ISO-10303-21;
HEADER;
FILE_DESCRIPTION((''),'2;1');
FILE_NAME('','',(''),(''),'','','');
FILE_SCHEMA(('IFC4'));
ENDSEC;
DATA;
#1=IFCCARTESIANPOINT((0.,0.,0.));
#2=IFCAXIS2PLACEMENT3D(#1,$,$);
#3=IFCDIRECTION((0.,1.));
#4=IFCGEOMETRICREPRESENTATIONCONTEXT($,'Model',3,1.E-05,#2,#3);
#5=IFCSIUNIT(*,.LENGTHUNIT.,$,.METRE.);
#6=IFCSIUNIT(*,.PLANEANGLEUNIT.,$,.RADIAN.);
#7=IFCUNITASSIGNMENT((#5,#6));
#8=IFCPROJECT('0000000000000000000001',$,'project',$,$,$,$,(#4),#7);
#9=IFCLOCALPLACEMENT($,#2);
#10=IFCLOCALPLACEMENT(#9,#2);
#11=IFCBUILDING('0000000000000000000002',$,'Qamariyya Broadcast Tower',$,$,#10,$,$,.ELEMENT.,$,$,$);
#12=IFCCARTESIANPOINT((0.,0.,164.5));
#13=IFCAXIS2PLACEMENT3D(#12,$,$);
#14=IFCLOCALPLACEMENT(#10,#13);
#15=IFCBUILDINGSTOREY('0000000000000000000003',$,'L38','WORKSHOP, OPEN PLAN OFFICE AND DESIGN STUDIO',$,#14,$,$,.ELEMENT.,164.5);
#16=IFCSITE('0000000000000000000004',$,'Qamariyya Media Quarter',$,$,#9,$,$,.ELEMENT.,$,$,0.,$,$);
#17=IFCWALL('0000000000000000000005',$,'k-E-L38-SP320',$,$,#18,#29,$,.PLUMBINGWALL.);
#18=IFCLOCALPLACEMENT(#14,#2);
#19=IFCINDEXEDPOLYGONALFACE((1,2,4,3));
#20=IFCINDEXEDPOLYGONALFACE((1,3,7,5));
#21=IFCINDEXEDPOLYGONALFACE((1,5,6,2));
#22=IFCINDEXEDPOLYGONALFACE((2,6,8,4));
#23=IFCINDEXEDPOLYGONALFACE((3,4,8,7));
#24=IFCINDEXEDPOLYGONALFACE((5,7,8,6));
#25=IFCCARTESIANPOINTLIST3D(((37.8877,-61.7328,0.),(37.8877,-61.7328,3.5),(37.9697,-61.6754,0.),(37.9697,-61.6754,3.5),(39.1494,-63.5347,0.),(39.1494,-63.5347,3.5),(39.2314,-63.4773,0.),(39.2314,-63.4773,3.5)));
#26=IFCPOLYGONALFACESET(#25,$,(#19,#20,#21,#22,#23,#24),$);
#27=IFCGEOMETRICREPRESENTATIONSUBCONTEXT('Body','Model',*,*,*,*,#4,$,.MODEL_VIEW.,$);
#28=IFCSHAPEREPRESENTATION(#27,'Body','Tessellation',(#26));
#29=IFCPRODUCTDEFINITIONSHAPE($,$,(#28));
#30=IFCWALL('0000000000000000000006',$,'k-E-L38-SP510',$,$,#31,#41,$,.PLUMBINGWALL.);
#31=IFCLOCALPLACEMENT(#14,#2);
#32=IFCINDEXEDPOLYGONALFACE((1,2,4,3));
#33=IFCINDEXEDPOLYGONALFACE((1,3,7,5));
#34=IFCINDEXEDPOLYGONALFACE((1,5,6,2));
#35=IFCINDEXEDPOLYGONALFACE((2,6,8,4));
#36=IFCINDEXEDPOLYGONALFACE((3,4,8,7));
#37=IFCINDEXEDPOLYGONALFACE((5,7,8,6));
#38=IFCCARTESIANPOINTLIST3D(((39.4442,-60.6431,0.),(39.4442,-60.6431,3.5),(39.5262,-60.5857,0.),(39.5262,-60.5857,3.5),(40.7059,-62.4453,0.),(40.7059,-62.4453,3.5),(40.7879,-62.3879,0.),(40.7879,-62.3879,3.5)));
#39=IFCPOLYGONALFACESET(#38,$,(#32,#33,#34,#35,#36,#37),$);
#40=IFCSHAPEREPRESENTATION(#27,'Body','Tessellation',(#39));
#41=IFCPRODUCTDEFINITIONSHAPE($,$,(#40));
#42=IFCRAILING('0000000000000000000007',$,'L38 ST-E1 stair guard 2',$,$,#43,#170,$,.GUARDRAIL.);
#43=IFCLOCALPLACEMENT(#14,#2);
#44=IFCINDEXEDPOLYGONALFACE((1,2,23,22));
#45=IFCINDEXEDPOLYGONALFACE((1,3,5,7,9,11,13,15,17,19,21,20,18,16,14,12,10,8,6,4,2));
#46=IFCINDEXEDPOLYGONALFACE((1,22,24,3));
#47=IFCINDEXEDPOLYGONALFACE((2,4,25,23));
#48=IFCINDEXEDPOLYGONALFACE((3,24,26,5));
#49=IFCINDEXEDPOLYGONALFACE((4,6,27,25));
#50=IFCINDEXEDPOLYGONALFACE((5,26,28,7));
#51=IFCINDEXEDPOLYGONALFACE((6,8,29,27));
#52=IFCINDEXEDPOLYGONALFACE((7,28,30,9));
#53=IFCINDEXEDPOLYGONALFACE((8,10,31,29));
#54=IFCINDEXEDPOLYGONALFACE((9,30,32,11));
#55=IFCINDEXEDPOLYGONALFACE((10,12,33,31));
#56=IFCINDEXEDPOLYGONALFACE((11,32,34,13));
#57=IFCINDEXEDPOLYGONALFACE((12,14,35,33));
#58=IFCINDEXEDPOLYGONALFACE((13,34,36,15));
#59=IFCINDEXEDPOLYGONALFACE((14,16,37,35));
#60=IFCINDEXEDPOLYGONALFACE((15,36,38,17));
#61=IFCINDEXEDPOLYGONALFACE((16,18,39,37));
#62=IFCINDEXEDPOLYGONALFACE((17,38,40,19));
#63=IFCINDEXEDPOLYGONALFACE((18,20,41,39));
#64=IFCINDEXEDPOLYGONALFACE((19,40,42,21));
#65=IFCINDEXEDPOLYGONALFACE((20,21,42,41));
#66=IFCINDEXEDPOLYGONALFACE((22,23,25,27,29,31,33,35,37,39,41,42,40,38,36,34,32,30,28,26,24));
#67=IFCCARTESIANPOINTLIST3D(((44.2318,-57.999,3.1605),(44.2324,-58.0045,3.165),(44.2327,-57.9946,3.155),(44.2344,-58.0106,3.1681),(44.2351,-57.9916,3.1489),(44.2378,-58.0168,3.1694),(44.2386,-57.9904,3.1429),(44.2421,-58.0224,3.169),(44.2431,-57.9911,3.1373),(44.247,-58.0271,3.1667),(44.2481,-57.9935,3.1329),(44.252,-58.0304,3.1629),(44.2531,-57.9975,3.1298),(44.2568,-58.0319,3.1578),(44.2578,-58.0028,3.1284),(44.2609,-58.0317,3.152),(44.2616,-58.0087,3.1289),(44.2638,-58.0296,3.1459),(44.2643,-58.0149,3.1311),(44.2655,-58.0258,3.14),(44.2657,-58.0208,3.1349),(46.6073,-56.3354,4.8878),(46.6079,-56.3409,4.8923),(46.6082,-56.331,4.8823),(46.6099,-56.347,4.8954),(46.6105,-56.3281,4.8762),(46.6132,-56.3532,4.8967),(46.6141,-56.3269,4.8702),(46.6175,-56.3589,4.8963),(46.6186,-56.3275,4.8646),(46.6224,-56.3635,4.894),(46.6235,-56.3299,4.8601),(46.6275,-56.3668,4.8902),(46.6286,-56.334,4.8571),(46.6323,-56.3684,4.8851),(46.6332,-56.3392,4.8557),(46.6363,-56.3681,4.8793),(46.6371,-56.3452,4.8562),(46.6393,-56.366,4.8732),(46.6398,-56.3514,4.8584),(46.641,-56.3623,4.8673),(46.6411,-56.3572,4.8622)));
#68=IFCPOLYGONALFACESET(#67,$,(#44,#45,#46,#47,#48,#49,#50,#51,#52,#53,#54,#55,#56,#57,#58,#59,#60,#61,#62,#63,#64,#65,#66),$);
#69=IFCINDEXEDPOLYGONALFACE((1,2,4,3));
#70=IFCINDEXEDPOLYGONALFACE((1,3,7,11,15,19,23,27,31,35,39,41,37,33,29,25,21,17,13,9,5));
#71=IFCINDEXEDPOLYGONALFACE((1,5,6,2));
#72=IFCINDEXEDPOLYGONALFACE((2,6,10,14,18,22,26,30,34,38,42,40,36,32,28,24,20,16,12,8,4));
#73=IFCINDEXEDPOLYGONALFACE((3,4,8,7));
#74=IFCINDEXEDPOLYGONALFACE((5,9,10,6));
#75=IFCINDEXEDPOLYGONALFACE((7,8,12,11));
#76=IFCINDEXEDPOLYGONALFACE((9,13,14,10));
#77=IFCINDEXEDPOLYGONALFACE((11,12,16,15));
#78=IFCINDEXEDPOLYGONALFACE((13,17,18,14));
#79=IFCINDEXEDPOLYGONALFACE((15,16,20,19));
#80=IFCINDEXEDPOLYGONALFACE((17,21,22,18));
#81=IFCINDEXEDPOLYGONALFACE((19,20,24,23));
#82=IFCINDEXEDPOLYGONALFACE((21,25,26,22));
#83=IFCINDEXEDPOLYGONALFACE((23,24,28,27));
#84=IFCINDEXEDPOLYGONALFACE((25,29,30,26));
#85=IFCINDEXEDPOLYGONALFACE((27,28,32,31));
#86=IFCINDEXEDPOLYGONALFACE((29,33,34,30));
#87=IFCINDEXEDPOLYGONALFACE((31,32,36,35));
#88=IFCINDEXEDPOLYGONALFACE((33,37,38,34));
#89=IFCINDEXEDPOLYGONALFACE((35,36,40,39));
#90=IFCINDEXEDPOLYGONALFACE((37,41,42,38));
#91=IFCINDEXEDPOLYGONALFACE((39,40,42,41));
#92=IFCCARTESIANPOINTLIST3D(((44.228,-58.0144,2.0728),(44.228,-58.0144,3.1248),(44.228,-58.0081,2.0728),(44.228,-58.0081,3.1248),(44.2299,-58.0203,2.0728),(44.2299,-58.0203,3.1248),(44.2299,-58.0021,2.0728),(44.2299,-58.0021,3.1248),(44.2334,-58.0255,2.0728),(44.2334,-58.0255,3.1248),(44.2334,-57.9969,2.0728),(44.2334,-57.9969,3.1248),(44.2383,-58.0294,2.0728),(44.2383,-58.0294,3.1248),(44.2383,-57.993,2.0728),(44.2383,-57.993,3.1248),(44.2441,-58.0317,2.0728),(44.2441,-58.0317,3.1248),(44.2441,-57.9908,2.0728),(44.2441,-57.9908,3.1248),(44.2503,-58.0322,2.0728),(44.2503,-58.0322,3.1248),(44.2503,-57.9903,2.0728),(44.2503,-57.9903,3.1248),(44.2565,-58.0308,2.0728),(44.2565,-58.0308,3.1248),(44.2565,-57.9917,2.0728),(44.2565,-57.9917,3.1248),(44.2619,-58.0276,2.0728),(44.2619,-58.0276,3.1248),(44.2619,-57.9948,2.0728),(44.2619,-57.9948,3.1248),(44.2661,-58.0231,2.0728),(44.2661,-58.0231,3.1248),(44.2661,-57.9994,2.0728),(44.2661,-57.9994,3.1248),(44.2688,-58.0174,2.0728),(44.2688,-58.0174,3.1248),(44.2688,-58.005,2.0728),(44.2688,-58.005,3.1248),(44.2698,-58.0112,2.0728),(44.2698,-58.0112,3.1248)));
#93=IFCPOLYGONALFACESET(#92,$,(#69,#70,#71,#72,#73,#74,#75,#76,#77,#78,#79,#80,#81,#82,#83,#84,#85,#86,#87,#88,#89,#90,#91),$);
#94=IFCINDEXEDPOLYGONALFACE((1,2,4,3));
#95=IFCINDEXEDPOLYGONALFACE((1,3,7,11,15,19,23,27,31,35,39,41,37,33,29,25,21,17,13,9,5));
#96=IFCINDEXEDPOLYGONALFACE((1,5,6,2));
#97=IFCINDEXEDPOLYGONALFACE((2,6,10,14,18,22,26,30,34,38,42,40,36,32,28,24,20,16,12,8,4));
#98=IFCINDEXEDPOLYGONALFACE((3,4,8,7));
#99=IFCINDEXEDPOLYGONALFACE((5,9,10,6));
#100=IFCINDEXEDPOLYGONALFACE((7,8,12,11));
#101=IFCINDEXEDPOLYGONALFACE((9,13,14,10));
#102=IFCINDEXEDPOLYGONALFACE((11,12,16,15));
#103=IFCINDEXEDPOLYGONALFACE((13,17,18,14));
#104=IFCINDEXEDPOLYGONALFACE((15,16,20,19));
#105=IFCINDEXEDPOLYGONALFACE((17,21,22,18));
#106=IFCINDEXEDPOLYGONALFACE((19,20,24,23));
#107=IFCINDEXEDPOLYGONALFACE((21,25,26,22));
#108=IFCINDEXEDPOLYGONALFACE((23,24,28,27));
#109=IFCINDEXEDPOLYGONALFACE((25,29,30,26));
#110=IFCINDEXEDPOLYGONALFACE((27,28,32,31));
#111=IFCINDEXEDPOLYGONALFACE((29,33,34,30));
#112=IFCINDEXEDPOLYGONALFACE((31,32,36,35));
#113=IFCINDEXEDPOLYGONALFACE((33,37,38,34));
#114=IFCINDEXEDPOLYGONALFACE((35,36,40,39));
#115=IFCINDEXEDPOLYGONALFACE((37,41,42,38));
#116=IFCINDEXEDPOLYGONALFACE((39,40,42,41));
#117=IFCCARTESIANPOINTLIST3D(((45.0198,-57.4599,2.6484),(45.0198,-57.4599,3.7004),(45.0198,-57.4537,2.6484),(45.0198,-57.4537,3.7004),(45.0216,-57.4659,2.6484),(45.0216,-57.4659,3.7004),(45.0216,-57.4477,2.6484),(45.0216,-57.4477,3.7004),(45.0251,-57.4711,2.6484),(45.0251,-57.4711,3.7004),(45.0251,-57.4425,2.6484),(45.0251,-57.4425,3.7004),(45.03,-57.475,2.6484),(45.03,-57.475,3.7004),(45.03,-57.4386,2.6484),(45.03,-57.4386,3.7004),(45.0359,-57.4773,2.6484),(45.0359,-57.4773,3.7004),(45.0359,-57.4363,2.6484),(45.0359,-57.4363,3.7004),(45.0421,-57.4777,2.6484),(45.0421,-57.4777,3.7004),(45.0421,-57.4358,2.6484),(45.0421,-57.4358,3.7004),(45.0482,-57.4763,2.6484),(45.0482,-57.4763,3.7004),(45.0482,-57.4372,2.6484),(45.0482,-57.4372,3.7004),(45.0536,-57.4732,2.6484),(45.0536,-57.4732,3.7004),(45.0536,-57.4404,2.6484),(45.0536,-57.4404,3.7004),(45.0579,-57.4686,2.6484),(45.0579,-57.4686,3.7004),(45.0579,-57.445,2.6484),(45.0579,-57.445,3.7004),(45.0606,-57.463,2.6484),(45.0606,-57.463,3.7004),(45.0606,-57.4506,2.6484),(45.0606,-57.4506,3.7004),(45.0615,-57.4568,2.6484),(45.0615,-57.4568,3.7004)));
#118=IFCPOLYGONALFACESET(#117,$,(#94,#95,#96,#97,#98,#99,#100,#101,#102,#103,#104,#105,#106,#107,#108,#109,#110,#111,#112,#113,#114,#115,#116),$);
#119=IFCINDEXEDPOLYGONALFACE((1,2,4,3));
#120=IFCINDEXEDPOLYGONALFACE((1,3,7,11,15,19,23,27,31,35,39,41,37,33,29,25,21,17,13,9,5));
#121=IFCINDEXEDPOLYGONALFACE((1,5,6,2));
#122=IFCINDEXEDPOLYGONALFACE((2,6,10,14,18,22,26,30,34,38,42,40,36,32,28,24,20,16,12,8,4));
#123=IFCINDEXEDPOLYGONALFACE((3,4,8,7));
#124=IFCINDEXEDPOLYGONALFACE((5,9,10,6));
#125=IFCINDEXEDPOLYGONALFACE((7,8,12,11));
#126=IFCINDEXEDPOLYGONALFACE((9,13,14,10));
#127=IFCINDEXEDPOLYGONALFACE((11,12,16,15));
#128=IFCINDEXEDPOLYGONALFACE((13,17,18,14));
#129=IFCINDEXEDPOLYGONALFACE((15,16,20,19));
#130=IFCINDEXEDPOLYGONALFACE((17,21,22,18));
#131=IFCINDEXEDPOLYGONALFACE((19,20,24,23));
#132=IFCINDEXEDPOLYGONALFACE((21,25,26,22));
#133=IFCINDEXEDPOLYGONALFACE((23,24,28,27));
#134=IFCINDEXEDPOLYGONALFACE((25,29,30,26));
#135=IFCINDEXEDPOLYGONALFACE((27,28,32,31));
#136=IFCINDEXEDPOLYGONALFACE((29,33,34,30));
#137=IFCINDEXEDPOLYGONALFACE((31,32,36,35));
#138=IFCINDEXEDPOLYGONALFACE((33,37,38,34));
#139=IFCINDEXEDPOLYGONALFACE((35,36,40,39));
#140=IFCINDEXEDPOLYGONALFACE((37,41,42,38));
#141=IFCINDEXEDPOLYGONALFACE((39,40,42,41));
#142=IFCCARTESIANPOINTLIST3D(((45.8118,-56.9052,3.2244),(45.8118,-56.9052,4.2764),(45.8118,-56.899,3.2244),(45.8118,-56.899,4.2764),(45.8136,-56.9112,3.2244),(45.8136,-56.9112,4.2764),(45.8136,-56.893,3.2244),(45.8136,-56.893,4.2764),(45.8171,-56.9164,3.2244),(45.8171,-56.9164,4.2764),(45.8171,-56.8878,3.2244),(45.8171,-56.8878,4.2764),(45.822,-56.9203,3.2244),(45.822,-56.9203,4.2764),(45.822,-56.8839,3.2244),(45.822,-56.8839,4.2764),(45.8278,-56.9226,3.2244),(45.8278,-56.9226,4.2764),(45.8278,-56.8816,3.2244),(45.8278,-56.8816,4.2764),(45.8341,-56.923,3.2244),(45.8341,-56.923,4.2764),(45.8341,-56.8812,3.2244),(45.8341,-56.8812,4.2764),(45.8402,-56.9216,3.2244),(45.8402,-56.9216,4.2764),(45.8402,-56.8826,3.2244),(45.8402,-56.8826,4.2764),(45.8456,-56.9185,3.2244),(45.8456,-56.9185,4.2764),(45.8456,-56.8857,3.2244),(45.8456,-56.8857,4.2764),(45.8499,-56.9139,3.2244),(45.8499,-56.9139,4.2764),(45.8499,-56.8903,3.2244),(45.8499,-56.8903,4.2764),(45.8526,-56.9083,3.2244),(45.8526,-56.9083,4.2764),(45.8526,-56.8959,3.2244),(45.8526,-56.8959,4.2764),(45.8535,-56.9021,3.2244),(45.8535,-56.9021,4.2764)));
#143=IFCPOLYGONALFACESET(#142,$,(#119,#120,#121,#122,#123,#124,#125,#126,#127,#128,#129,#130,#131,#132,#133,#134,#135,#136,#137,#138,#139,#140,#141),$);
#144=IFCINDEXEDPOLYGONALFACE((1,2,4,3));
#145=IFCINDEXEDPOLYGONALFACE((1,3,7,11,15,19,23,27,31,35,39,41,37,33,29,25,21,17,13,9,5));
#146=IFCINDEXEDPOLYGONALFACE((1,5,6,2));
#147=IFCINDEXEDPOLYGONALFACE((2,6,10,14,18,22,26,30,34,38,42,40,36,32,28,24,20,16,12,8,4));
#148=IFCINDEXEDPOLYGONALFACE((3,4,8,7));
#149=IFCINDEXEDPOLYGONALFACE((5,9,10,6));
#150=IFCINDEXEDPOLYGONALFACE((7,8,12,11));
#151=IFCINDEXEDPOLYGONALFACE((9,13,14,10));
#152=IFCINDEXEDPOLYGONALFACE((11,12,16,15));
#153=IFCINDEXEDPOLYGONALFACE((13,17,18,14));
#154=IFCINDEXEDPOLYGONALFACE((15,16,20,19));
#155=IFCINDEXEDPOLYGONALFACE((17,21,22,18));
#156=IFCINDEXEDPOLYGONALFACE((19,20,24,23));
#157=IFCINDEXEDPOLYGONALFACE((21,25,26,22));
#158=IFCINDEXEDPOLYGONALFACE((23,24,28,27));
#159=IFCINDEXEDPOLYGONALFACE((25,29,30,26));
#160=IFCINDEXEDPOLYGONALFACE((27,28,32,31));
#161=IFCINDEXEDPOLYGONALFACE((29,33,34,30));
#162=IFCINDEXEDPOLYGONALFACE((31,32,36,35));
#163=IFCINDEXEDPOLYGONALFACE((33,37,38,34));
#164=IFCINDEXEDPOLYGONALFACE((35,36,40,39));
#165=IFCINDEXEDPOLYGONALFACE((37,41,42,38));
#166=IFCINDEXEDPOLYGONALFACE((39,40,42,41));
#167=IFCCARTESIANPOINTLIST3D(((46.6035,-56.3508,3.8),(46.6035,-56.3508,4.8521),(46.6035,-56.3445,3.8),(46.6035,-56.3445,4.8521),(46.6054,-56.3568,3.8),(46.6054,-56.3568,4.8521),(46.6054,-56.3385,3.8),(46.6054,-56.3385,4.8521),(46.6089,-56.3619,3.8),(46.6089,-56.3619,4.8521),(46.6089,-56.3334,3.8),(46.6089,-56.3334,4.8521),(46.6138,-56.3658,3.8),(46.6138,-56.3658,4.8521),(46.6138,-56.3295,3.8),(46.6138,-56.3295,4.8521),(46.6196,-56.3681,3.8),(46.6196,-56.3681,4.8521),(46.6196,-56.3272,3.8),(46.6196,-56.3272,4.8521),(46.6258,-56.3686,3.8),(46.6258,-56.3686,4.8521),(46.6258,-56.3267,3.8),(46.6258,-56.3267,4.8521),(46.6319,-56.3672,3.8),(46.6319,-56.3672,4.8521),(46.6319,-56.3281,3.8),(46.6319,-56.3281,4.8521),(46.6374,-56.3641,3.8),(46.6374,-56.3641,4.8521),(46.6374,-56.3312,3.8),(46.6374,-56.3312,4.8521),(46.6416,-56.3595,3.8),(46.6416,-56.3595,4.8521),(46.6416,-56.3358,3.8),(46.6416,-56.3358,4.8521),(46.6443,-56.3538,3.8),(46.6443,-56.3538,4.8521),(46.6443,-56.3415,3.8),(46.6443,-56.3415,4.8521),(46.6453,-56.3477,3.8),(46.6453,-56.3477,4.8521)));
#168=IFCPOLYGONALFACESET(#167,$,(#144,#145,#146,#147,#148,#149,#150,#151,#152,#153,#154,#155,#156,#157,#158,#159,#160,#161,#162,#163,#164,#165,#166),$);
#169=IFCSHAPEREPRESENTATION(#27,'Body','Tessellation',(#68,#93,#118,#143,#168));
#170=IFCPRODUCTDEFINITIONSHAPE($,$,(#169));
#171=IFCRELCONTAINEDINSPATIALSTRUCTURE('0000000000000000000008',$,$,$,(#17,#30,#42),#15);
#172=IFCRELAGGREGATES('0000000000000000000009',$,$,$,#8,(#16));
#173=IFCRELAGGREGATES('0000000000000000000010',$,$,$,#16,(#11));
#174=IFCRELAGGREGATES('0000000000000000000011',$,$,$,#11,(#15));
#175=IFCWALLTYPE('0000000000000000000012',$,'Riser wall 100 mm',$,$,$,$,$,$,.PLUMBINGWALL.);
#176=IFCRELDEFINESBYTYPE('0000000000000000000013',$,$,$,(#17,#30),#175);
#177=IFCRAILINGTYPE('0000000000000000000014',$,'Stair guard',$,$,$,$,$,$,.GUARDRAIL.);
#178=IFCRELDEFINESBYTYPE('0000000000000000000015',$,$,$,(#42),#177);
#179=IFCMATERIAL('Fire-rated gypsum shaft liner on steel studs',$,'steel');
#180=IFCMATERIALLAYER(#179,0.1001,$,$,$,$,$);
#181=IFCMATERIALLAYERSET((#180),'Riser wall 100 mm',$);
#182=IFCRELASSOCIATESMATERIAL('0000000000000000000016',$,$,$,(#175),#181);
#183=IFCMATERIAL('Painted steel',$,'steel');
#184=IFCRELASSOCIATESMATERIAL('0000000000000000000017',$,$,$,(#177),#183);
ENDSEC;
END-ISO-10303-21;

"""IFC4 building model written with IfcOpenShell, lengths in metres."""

from ifc_helpers import new_model, si_unit, direction, frame, frame_2d, origin, origin_2d, place, context, subcontext, project, spatial, rectangle, circle, extrude, material, layer, layer_set, type_object, element, save


model = new_model("IFC4")

# Units and contexts
model_context = context("Model", 3, precision=1e-05, world=origin(), true_north=direction((0.0, 1.0)))
body_context = subcontext(model_context, "Body", "Model", "MODEL_VIEW")
ifc_project = project(units=[si_unit("LENGTHUNIT", "METRE"), si_unit("PLANEANGLEUNIT", "RADIAN")], contexts=[model_context])

# Site, building, storey
site_placement = place(None, origin())
site = spatial("IfcSite", under=ifc_project, at=site_placement, Name="Qamariyya Media Quarter", CompositionType="ELEMENT", RefElevation=0.0)
building_placement = place(site_placement, origin())
building = spatial("IfcBuilding", under=site, at=building_placement, Name="Qamariyya Broadcast Tower", CompositionType="ELEMENT")
storey_placement = place(building_placement, frame((0.0, 0.0, 164.5)))
storey = spatial("IfcBuildingStorey", under=building, at=storey_placement, Name="L38", Description="WORKSHOP, OPEN PLAN OFFICE AND DESIGN STUDIO", CompositionType="ELEMENT", Elevation=164.5)

# Walls
ifc_material_1 = material(Name="Fire-rated gypsum shaft liner on steel studs", Category="steel")
ifc_layer_1 = layer(ifc_material_1, 0.1001)
ifc_layer_set_1 = layer_set([ifc_layer_1], Name="Riser wall 100 mm")
wall_type_1 = type_object("IfcWallType", Name="Riser wall 100 mm", PredefinedType="PLUMBINGWALL", material=ifc_layer_set_1)
wall_1_placement = place(storey_placement, frame((37.9287, -61.7041, 0.0), z_axis=(0.0, 0.0, 1.0), x_axis=(0.573559, -0.819164, 0.0)))
element("IfcWall", 1, at=wall_1_placement, inside=storey, type_object=wall_type_1, Name="k-E-L38-SP320", PredefinedType="PLUMBINGWALL", context=body_context, shape_type="SweptSolid", body=[
    extrude(rectangle(XDim=2.1997, YDim=0.1001, at=frame_2d((1.0999, 0.0))), origin(), (0.0, 0.0, 1.0), 3.5),
])
wall_2_placement = place(storey_placement, frame((39.4851, -60.6143, 0.0), z_axis=(0.0, 0.0, 1.0), x_axis=(0.573507, -0.819201, 0.0)))
element("IfcWall", 2, at=wall_2_placement, inside=storey, type_object=wall_type_1, Name="k-E-L38-SP510", PredefinedType="PLUMBINGWALL", context=body_context, shape_type="SweptSolid", body=[
    extrude(rectangle(XDim=2.2, YDim=0.1001, at=frame_2d((1.1001, 0.0))), origin(), (0.0, 0.0, 1.0), 3.5),
])

# Railing
ifc_material_2 = material(Name="Painted steel", Category="steel")
railing_type_1 = type_object("IfcRailingType", Name="Stair guard", PredefinedType="GUARDRAIL", material=ifc_material_2)
railing_1_placement = place(storey_placement, frame((44.2488, -58.0112, 2.0728)))
element("IfcRailing", 3, at=railing_1_placement, inside=storey, type_object=railing_type_1, Name="L38 ST-E1 stair guard 2", PredefinedType="GUARDRAIL", context=body_context, shape_type="SweptSolid", body=[
    extrude(circle(Radius=0.0239, at=origin_2d()), frame((0.0, 0.0, 1.0762), z_axis=(0.703745, 0.492838, 0.511716), x_axis=(-0.573632, 0.819113, 0.0)), (0.0, 0.0, 1.0), 3.3755),
    extrude(circle(Radius=0.021, at=origin_2d()), origin(), (0.0, 0.0, 1.0), 1.052),
    extrude(circle(Radius=0.021, at=origin_2d()), frame((0.7917, 0.5544, 0.5757)), (0.0, 0.0, 1.0), 1.052),
    extrude(circle(Radius=0.021, at=origin_2d()), frame((1.5837, 1.1091, 1.1516)), (0.0, 0.0, 1.0), 1.052),
    extrude(circle(Radius=0.021, at=origin_2d()), frame((2.3755, 1.6636, 1.7273)), (0.0, 0.0, 1.0), 1.052),
])

save(model, "model.ifc")
